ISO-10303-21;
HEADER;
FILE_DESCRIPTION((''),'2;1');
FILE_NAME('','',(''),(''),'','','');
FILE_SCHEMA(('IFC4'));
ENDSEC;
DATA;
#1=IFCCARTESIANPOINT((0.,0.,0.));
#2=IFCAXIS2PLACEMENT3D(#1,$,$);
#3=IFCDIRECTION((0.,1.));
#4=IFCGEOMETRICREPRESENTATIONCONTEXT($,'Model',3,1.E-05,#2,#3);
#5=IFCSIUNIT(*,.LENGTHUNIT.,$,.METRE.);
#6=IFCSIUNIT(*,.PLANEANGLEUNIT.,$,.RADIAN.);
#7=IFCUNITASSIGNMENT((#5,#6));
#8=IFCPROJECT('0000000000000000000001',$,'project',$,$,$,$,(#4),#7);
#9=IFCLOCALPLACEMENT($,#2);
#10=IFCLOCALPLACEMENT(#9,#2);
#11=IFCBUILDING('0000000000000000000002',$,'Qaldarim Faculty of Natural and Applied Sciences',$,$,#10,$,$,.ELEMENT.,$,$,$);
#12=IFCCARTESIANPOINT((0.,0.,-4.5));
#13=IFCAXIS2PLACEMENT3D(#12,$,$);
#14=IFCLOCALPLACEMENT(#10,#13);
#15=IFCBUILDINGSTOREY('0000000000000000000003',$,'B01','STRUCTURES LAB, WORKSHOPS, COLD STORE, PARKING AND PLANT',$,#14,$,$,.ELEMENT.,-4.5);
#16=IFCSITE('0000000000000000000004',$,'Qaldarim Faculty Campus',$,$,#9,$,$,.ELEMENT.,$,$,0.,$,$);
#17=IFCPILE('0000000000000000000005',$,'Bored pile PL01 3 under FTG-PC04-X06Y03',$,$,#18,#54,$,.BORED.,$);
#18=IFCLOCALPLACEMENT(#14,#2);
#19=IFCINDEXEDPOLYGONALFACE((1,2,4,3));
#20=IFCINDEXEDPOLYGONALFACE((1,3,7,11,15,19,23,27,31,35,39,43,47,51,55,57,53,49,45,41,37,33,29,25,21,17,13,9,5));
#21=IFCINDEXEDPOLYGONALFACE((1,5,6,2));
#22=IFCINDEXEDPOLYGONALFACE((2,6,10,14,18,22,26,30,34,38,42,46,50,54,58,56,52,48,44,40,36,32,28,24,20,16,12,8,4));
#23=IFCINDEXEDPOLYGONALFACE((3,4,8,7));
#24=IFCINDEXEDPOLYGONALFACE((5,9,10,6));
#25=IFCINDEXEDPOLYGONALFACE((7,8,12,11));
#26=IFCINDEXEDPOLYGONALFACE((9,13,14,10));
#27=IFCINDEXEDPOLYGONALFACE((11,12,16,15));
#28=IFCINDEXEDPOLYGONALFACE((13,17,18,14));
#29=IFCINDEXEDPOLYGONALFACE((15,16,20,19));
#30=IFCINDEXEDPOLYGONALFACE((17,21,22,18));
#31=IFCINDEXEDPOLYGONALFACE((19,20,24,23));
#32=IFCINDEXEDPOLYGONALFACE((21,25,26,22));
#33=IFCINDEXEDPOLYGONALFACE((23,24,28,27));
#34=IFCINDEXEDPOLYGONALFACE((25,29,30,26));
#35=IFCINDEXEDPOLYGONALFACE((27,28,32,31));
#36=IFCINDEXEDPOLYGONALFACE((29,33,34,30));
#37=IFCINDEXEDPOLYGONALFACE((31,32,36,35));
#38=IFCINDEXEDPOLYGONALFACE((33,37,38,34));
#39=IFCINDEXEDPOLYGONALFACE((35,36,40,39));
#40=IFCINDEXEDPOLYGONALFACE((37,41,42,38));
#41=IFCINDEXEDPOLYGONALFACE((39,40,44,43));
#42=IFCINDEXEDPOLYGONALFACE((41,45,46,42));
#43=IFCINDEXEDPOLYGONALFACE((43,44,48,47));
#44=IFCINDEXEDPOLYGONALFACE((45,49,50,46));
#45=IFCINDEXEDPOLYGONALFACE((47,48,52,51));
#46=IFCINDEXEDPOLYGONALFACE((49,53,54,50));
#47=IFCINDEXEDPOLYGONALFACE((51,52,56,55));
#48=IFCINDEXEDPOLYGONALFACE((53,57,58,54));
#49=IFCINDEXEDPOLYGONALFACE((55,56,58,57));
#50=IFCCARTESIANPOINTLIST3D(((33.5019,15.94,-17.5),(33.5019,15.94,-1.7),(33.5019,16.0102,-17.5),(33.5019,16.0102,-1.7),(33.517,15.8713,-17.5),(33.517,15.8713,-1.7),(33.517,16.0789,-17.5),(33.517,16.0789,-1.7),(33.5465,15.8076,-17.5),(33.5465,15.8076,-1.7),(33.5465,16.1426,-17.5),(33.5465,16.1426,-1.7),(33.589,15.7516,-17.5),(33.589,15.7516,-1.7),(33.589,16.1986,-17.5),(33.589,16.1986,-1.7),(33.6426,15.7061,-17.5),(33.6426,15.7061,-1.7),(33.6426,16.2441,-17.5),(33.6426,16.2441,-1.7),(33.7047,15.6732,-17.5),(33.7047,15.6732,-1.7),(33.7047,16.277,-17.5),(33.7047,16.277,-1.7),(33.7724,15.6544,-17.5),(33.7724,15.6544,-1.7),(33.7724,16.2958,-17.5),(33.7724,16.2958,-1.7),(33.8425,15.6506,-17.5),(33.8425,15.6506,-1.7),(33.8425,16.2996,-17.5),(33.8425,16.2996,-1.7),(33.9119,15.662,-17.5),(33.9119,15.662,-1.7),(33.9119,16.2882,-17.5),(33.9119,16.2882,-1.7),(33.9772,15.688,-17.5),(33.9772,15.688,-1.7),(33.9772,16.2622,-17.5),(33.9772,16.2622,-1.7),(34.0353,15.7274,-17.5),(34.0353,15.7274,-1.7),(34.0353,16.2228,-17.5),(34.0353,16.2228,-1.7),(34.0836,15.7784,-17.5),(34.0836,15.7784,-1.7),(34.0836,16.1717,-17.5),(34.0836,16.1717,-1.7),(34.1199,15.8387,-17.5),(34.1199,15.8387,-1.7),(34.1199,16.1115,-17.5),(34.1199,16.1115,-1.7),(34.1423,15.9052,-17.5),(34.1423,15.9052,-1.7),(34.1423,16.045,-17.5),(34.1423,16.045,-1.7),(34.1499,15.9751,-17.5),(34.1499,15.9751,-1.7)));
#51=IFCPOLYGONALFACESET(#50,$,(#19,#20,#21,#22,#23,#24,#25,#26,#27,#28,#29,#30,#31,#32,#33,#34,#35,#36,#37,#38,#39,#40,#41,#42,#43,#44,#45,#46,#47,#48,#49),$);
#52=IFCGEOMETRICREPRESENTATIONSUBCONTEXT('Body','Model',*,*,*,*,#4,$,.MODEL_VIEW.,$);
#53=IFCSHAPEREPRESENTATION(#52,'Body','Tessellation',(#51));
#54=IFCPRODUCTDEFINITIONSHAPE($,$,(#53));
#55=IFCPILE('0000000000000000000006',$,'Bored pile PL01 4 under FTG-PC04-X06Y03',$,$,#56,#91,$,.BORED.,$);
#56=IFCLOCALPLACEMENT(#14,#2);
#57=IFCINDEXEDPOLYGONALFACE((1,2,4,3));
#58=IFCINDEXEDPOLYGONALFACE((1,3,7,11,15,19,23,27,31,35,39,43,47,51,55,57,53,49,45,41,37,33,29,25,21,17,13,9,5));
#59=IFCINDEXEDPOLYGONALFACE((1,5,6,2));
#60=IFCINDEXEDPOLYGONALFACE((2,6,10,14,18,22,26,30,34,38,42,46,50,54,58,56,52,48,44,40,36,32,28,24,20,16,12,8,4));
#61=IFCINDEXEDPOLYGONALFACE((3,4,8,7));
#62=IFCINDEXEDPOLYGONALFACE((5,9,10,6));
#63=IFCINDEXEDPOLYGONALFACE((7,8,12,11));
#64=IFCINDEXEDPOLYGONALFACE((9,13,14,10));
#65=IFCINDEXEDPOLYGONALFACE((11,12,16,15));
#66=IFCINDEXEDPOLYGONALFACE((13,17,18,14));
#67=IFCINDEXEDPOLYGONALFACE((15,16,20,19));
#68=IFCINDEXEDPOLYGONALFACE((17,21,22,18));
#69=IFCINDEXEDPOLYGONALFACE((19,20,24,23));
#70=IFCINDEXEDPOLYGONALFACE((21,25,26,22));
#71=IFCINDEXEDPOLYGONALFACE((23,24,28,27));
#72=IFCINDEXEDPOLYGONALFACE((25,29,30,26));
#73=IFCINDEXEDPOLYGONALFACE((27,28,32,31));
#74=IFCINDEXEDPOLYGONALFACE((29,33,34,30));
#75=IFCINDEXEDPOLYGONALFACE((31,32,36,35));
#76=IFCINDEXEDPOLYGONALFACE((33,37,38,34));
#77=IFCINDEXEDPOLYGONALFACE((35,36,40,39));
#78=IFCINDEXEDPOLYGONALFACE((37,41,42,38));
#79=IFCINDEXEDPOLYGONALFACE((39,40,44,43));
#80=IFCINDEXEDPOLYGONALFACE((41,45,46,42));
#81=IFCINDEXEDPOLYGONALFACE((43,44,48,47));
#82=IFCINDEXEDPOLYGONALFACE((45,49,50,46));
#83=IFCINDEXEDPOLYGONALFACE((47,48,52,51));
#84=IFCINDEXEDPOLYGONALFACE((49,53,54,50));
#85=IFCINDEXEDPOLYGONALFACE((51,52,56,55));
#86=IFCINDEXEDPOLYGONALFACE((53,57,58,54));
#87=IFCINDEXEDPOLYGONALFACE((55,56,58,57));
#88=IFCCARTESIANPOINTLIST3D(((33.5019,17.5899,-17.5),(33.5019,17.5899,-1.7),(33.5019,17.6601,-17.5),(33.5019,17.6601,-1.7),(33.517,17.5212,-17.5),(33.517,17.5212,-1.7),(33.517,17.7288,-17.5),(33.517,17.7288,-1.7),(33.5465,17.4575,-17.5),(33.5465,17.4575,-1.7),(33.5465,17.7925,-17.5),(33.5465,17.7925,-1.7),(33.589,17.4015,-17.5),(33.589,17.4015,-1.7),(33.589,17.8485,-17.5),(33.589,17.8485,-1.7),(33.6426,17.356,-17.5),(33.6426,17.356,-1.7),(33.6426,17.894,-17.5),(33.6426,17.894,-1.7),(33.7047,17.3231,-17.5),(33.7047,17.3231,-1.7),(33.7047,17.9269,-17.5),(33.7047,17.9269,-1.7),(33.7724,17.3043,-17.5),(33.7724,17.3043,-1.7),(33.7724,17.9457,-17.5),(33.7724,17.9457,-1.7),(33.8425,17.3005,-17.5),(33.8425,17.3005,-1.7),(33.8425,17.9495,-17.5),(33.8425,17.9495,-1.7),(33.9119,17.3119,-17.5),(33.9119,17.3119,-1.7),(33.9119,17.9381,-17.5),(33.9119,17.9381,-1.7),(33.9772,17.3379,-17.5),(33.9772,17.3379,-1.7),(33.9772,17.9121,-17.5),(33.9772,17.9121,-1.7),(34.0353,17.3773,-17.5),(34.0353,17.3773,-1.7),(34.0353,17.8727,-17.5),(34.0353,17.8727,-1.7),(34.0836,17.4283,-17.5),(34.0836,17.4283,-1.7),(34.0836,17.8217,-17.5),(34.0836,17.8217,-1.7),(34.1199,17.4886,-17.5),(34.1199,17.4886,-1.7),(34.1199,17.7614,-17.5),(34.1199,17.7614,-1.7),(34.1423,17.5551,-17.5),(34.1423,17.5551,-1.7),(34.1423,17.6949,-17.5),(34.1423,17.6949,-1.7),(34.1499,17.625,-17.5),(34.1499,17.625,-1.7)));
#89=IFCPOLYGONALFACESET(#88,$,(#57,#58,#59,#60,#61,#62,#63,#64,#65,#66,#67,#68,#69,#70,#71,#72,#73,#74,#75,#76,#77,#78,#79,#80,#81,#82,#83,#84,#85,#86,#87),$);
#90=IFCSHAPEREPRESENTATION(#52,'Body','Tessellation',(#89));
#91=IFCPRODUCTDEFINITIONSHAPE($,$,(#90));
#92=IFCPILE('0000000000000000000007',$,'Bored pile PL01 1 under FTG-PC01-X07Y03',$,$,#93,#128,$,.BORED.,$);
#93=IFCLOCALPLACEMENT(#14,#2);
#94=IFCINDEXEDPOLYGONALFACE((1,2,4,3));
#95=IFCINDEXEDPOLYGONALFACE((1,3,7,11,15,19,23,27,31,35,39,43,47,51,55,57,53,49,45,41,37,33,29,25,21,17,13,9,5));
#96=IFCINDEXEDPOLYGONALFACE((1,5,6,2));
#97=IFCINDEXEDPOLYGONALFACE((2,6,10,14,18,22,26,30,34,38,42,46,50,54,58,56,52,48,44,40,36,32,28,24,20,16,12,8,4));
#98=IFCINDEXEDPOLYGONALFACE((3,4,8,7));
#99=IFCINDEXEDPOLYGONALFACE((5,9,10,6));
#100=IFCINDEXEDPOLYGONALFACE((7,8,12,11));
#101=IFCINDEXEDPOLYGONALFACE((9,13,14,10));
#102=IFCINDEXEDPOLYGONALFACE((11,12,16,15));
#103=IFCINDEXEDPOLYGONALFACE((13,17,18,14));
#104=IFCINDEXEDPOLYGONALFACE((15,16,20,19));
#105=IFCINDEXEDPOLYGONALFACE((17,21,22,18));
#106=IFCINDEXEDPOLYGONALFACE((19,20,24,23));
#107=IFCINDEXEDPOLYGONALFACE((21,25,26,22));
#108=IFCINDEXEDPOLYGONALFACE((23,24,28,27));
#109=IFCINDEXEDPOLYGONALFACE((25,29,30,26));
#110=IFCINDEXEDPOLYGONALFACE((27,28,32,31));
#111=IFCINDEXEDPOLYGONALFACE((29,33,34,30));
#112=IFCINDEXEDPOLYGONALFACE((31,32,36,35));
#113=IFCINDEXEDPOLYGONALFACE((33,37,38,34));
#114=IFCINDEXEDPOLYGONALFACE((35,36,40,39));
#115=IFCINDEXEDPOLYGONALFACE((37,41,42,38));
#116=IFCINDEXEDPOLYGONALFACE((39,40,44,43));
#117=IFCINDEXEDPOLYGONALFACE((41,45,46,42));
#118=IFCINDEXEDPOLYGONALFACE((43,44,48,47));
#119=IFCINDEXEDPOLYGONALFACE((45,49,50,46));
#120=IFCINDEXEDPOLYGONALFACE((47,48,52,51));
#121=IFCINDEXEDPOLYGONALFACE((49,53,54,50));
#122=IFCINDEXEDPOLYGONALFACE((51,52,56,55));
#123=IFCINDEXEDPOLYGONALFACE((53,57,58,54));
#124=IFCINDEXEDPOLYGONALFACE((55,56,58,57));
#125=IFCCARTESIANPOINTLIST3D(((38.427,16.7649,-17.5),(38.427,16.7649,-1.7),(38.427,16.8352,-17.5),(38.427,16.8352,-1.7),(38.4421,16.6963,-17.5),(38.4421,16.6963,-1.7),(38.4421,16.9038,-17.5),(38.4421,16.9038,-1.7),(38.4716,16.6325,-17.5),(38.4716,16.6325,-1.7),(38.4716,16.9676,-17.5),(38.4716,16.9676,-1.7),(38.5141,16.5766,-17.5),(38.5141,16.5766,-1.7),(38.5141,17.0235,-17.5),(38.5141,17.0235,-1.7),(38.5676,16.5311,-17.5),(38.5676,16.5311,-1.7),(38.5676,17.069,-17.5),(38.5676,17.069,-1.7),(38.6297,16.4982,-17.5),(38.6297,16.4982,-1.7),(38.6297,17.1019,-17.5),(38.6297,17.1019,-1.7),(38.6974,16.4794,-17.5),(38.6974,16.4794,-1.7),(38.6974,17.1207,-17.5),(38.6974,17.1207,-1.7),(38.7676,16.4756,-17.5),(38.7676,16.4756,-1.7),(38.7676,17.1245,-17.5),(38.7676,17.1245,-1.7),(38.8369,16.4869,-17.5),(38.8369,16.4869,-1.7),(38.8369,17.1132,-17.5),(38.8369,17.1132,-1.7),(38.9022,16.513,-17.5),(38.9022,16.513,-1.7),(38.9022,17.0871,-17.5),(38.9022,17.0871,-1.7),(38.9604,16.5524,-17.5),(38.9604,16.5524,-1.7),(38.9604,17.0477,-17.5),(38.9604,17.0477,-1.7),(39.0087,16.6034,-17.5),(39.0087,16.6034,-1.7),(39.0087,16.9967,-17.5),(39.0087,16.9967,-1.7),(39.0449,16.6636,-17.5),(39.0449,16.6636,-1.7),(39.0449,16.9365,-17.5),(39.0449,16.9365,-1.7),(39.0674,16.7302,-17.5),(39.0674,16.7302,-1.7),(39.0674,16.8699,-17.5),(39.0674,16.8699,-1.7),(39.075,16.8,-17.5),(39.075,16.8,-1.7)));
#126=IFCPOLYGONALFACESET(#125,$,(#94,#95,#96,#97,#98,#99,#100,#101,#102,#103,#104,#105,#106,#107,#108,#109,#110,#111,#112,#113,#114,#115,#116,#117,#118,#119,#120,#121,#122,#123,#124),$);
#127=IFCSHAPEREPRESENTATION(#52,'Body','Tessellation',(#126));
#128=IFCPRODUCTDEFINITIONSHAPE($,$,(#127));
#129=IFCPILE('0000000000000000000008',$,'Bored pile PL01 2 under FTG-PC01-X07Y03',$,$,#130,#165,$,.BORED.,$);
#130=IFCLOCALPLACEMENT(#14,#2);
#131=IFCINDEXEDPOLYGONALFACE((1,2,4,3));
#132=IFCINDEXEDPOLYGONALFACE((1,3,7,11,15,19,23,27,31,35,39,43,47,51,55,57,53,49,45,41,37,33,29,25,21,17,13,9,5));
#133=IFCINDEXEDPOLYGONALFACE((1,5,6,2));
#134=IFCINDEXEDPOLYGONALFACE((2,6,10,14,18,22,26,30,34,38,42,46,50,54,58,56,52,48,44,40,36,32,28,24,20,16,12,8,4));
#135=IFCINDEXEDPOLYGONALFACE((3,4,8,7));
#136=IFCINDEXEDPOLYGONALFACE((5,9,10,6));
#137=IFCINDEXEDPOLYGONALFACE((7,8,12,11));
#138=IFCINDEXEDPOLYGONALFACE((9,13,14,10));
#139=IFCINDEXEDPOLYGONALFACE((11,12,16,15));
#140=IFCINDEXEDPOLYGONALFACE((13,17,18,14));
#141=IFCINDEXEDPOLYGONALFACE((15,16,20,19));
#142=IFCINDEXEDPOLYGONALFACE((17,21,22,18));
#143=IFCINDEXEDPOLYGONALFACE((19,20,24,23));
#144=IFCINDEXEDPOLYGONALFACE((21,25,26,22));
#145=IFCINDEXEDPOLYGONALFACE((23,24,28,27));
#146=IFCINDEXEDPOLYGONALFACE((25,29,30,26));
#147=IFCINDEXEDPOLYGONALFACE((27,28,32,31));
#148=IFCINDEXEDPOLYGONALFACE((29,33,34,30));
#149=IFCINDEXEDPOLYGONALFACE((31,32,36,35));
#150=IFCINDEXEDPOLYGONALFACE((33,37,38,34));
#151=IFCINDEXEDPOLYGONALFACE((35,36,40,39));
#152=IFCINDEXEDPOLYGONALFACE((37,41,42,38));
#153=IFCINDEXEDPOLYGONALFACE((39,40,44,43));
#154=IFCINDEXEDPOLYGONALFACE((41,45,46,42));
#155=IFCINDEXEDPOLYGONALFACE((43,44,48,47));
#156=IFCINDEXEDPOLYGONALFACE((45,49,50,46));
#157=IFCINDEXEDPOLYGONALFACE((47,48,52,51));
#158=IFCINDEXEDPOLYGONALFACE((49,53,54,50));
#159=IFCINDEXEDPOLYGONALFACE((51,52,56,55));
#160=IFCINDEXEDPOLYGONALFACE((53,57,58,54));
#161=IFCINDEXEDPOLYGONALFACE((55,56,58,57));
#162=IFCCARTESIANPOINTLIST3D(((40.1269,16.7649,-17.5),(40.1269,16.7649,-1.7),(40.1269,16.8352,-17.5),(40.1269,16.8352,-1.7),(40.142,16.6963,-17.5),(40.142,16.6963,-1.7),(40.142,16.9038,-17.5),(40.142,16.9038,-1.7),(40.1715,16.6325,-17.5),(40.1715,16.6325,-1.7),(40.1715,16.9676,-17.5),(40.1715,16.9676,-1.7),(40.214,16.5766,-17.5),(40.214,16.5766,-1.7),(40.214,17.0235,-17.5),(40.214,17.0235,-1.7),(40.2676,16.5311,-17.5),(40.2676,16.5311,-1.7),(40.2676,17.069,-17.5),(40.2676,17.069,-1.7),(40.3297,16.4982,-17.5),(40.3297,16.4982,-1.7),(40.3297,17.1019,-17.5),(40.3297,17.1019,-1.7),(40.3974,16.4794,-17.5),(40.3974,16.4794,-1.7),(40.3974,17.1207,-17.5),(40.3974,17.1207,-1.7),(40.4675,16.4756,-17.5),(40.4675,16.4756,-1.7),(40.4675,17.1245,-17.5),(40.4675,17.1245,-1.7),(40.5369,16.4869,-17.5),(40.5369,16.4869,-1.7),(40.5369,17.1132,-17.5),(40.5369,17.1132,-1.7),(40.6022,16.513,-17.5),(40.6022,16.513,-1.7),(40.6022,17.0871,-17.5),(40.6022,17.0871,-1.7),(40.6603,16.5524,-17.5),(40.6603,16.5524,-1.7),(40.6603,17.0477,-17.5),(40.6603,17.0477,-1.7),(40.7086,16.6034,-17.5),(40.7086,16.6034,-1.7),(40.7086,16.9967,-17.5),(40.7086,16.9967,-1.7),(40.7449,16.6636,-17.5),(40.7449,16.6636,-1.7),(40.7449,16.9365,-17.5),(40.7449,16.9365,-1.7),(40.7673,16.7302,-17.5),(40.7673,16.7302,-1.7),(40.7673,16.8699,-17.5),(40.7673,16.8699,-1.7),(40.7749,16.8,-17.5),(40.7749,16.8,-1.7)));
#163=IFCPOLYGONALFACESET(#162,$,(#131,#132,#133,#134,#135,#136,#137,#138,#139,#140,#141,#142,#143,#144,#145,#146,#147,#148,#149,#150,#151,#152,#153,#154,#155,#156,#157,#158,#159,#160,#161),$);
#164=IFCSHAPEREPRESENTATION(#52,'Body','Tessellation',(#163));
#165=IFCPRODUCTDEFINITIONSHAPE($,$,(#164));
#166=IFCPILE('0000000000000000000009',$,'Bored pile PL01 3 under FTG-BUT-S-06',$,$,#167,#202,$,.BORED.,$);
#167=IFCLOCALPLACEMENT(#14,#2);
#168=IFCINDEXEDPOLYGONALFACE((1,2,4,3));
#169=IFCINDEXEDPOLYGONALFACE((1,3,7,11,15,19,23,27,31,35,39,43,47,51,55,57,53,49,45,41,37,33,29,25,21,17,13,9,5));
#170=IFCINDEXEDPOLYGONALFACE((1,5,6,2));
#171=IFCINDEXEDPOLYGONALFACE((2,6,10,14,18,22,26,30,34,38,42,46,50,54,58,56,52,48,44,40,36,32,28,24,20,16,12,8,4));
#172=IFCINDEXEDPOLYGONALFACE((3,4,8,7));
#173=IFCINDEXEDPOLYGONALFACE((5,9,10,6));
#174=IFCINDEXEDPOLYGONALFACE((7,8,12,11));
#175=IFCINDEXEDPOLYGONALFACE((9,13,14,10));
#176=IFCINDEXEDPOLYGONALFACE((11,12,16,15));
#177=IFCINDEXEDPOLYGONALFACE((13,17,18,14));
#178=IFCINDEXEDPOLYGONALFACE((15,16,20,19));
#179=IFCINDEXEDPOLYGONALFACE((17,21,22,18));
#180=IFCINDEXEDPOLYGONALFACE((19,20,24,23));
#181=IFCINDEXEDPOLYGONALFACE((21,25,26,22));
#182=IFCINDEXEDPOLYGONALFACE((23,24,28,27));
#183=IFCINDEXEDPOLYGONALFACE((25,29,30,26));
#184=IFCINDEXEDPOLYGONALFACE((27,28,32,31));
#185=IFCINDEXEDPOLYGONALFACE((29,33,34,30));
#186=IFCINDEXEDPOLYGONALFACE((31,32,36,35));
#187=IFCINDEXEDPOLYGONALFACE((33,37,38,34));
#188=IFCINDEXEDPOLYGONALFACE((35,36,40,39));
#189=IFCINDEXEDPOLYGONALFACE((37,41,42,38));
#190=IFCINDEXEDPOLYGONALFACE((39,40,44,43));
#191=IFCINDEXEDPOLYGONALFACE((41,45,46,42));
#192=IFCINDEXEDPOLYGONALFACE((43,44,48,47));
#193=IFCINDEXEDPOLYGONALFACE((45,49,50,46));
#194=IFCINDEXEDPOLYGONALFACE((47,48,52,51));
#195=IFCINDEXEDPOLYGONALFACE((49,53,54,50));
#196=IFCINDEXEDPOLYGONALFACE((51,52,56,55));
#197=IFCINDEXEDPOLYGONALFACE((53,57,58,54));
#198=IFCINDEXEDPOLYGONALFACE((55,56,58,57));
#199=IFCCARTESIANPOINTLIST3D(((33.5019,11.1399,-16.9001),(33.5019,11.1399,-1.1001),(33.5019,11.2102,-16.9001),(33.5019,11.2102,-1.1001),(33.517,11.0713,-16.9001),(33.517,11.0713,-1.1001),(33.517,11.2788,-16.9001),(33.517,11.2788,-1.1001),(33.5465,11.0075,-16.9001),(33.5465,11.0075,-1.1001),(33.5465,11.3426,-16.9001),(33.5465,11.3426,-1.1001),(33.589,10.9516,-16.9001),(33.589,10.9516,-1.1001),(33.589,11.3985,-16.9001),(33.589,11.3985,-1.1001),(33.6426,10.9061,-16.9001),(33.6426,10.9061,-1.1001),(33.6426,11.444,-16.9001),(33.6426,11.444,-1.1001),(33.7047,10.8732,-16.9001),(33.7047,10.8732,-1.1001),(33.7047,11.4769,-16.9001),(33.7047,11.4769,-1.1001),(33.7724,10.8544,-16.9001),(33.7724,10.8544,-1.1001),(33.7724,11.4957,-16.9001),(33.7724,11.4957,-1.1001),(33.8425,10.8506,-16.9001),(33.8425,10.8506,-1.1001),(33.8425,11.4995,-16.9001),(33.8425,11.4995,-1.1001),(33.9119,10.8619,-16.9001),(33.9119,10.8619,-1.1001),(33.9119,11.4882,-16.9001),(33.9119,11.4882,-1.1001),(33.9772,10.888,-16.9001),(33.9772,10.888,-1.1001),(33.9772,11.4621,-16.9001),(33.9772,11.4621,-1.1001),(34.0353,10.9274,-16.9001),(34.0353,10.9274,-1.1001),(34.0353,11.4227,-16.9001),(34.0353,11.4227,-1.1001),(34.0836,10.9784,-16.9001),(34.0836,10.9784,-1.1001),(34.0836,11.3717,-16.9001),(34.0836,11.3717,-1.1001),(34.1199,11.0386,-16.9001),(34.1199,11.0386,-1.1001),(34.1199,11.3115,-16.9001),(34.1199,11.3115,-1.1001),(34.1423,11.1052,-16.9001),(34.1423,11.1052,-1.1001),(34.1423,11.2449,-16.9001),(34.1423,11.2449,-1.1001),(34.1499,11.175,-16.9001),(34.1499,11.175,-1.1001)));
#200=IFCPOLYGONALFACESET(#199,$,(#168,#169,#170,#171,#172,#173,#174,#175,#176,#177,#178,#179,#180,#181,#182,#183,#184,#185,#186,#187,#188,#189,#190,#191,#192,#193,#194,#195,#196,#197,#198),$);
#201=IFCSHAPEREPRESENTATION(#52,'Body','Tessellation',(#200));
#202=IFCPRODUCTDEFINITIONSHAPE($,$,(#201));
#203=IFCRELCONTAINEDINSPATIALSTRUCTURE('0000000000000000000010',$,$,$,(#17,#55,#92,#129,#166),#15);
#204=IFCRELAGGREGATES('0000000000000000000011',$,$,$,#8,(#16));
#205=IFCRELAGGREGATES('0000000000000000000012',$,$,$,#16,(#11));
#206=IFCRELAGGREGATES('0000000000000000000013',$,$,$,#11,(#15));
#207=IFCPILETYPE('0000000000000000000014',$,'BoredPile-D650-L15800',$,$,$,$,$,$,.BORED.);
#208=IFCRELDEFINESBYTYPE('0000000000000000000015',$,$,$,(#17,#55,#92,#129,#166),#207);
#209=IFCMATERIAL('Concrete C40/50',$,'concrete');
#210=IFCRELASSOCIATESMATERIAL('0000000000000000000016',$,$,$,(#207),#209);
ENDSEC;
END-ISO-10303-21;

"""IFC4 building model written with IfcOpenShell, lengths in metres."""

from ifc_helpers import new_model, si_unit, direction, frame, origin, origin_2d, place, context, subcontext, project, spatial, circle, extrude, material, material_profile, profile_set, type_object, element, save


model = new_model("IFC4")

# Units and contexts
model_context = context("Model", 3, precision=1e-05, world=origin(), true_north=direction((0.0, 1.0)))
body_context = subcontext(model_context, "Body", "Model", "MODEL_VIEW")
ifc_project = project(units=[si_unit("LENGTHUNIT", "METRE"), si_unit("PLANEANGLEUNIT", "RADIAN")], contexts=[model_context])

# Site, building, storey
site_placement = place(None, origin())
site = spatial("IfcSite", under=ifc_project, at=site_placement, Name="Qaldarim Faculty Campus", CompositionType="ELEMENT", RefElevation=0.0)
building_placement = place(site_placement, origin())
building = spatial("IfcBuilding", under=site, at=building_placement, Name="Qaldarim Faculty of Natural and Applied Sciences", CompositionType="ELEMENT")
storey_placement = place(building_placement, frame((0.0, 0.0, -4.5)))
storey = spatial("IfcBuildingStorey", under=building, at=storey_placement, Name="B01", Description="STRUCTURES LAB, WORKSHOPS, COLD STORE, PARKING AND PLANT", CompositionType="ELEMENT", Elevation=-4.5)

# Piles
ifc_material_1 = material(Name="Concrete C40/50", Category="concrete")
ifc_material_profile_1 = material_profile(ifc_material_1, circle(Radius=0.325, at=origin_2d()), Name="PILE-D650")
ifc_profile_set_1 = profile_set([ifc_material_profile_1], Name="Concrete C40/50")
pile_type_1 = type_object("IfcPileType", Name="BoredPile-D650-L15800", PredefinedType="BORED", material=ifc_profile_set_1)
for number, where, z_axis, x_axis, name in (
    (1, (33.825, 15.9751, -1.7), (0.0, 0.0, -1.0), (1.0, 0.0, 0.0), "Bored pile PL01 3 under FTG-PC04-X06Y03"),
    (2, (33.825, 17.625, -1.7), (0.0, 0.0, -1.0), (1.0, 0.0, 0.0), "Bored pile PL01 4 under FTG-PC04-X06Y03"),
    (3, (38.75, 16.8, -1.7), (0.0, 0.0, -1.0), (1.0, 0.0, 0.0), "Bored pile PL01 1 under FTG-PC01-X07Y03"),
    (4, (40.45, 16.8, -1.7), (0.0, 0.0, -1.0), (1.0, 0.0, 0.0), "Bored pile PL01 2 under FTG-PC01-X07Y03"),
    (5, (33.825, 11.175, -1.1001), (0.0, 0.0, -1.0), (1.0, 0.0, 0.0), "Bored pile PL01 3 under FTG-BUT-S-06"),
):
    element("IfcPile", number, at=place(storey_placement, frame(where, z_axis=z_axis, x_axis=x_axis)), inside=storey, type_object=pile_type_1, Name=name, PredefinedType="BORED", context=body_context, shape_type="SweptSolid", body=[
        extrude(circle(Radius=0.325, at=origin_2d()), origin(), (0.0, 0.0, 1.0), 15.8),
    ])

save(model, "model.ifc")
